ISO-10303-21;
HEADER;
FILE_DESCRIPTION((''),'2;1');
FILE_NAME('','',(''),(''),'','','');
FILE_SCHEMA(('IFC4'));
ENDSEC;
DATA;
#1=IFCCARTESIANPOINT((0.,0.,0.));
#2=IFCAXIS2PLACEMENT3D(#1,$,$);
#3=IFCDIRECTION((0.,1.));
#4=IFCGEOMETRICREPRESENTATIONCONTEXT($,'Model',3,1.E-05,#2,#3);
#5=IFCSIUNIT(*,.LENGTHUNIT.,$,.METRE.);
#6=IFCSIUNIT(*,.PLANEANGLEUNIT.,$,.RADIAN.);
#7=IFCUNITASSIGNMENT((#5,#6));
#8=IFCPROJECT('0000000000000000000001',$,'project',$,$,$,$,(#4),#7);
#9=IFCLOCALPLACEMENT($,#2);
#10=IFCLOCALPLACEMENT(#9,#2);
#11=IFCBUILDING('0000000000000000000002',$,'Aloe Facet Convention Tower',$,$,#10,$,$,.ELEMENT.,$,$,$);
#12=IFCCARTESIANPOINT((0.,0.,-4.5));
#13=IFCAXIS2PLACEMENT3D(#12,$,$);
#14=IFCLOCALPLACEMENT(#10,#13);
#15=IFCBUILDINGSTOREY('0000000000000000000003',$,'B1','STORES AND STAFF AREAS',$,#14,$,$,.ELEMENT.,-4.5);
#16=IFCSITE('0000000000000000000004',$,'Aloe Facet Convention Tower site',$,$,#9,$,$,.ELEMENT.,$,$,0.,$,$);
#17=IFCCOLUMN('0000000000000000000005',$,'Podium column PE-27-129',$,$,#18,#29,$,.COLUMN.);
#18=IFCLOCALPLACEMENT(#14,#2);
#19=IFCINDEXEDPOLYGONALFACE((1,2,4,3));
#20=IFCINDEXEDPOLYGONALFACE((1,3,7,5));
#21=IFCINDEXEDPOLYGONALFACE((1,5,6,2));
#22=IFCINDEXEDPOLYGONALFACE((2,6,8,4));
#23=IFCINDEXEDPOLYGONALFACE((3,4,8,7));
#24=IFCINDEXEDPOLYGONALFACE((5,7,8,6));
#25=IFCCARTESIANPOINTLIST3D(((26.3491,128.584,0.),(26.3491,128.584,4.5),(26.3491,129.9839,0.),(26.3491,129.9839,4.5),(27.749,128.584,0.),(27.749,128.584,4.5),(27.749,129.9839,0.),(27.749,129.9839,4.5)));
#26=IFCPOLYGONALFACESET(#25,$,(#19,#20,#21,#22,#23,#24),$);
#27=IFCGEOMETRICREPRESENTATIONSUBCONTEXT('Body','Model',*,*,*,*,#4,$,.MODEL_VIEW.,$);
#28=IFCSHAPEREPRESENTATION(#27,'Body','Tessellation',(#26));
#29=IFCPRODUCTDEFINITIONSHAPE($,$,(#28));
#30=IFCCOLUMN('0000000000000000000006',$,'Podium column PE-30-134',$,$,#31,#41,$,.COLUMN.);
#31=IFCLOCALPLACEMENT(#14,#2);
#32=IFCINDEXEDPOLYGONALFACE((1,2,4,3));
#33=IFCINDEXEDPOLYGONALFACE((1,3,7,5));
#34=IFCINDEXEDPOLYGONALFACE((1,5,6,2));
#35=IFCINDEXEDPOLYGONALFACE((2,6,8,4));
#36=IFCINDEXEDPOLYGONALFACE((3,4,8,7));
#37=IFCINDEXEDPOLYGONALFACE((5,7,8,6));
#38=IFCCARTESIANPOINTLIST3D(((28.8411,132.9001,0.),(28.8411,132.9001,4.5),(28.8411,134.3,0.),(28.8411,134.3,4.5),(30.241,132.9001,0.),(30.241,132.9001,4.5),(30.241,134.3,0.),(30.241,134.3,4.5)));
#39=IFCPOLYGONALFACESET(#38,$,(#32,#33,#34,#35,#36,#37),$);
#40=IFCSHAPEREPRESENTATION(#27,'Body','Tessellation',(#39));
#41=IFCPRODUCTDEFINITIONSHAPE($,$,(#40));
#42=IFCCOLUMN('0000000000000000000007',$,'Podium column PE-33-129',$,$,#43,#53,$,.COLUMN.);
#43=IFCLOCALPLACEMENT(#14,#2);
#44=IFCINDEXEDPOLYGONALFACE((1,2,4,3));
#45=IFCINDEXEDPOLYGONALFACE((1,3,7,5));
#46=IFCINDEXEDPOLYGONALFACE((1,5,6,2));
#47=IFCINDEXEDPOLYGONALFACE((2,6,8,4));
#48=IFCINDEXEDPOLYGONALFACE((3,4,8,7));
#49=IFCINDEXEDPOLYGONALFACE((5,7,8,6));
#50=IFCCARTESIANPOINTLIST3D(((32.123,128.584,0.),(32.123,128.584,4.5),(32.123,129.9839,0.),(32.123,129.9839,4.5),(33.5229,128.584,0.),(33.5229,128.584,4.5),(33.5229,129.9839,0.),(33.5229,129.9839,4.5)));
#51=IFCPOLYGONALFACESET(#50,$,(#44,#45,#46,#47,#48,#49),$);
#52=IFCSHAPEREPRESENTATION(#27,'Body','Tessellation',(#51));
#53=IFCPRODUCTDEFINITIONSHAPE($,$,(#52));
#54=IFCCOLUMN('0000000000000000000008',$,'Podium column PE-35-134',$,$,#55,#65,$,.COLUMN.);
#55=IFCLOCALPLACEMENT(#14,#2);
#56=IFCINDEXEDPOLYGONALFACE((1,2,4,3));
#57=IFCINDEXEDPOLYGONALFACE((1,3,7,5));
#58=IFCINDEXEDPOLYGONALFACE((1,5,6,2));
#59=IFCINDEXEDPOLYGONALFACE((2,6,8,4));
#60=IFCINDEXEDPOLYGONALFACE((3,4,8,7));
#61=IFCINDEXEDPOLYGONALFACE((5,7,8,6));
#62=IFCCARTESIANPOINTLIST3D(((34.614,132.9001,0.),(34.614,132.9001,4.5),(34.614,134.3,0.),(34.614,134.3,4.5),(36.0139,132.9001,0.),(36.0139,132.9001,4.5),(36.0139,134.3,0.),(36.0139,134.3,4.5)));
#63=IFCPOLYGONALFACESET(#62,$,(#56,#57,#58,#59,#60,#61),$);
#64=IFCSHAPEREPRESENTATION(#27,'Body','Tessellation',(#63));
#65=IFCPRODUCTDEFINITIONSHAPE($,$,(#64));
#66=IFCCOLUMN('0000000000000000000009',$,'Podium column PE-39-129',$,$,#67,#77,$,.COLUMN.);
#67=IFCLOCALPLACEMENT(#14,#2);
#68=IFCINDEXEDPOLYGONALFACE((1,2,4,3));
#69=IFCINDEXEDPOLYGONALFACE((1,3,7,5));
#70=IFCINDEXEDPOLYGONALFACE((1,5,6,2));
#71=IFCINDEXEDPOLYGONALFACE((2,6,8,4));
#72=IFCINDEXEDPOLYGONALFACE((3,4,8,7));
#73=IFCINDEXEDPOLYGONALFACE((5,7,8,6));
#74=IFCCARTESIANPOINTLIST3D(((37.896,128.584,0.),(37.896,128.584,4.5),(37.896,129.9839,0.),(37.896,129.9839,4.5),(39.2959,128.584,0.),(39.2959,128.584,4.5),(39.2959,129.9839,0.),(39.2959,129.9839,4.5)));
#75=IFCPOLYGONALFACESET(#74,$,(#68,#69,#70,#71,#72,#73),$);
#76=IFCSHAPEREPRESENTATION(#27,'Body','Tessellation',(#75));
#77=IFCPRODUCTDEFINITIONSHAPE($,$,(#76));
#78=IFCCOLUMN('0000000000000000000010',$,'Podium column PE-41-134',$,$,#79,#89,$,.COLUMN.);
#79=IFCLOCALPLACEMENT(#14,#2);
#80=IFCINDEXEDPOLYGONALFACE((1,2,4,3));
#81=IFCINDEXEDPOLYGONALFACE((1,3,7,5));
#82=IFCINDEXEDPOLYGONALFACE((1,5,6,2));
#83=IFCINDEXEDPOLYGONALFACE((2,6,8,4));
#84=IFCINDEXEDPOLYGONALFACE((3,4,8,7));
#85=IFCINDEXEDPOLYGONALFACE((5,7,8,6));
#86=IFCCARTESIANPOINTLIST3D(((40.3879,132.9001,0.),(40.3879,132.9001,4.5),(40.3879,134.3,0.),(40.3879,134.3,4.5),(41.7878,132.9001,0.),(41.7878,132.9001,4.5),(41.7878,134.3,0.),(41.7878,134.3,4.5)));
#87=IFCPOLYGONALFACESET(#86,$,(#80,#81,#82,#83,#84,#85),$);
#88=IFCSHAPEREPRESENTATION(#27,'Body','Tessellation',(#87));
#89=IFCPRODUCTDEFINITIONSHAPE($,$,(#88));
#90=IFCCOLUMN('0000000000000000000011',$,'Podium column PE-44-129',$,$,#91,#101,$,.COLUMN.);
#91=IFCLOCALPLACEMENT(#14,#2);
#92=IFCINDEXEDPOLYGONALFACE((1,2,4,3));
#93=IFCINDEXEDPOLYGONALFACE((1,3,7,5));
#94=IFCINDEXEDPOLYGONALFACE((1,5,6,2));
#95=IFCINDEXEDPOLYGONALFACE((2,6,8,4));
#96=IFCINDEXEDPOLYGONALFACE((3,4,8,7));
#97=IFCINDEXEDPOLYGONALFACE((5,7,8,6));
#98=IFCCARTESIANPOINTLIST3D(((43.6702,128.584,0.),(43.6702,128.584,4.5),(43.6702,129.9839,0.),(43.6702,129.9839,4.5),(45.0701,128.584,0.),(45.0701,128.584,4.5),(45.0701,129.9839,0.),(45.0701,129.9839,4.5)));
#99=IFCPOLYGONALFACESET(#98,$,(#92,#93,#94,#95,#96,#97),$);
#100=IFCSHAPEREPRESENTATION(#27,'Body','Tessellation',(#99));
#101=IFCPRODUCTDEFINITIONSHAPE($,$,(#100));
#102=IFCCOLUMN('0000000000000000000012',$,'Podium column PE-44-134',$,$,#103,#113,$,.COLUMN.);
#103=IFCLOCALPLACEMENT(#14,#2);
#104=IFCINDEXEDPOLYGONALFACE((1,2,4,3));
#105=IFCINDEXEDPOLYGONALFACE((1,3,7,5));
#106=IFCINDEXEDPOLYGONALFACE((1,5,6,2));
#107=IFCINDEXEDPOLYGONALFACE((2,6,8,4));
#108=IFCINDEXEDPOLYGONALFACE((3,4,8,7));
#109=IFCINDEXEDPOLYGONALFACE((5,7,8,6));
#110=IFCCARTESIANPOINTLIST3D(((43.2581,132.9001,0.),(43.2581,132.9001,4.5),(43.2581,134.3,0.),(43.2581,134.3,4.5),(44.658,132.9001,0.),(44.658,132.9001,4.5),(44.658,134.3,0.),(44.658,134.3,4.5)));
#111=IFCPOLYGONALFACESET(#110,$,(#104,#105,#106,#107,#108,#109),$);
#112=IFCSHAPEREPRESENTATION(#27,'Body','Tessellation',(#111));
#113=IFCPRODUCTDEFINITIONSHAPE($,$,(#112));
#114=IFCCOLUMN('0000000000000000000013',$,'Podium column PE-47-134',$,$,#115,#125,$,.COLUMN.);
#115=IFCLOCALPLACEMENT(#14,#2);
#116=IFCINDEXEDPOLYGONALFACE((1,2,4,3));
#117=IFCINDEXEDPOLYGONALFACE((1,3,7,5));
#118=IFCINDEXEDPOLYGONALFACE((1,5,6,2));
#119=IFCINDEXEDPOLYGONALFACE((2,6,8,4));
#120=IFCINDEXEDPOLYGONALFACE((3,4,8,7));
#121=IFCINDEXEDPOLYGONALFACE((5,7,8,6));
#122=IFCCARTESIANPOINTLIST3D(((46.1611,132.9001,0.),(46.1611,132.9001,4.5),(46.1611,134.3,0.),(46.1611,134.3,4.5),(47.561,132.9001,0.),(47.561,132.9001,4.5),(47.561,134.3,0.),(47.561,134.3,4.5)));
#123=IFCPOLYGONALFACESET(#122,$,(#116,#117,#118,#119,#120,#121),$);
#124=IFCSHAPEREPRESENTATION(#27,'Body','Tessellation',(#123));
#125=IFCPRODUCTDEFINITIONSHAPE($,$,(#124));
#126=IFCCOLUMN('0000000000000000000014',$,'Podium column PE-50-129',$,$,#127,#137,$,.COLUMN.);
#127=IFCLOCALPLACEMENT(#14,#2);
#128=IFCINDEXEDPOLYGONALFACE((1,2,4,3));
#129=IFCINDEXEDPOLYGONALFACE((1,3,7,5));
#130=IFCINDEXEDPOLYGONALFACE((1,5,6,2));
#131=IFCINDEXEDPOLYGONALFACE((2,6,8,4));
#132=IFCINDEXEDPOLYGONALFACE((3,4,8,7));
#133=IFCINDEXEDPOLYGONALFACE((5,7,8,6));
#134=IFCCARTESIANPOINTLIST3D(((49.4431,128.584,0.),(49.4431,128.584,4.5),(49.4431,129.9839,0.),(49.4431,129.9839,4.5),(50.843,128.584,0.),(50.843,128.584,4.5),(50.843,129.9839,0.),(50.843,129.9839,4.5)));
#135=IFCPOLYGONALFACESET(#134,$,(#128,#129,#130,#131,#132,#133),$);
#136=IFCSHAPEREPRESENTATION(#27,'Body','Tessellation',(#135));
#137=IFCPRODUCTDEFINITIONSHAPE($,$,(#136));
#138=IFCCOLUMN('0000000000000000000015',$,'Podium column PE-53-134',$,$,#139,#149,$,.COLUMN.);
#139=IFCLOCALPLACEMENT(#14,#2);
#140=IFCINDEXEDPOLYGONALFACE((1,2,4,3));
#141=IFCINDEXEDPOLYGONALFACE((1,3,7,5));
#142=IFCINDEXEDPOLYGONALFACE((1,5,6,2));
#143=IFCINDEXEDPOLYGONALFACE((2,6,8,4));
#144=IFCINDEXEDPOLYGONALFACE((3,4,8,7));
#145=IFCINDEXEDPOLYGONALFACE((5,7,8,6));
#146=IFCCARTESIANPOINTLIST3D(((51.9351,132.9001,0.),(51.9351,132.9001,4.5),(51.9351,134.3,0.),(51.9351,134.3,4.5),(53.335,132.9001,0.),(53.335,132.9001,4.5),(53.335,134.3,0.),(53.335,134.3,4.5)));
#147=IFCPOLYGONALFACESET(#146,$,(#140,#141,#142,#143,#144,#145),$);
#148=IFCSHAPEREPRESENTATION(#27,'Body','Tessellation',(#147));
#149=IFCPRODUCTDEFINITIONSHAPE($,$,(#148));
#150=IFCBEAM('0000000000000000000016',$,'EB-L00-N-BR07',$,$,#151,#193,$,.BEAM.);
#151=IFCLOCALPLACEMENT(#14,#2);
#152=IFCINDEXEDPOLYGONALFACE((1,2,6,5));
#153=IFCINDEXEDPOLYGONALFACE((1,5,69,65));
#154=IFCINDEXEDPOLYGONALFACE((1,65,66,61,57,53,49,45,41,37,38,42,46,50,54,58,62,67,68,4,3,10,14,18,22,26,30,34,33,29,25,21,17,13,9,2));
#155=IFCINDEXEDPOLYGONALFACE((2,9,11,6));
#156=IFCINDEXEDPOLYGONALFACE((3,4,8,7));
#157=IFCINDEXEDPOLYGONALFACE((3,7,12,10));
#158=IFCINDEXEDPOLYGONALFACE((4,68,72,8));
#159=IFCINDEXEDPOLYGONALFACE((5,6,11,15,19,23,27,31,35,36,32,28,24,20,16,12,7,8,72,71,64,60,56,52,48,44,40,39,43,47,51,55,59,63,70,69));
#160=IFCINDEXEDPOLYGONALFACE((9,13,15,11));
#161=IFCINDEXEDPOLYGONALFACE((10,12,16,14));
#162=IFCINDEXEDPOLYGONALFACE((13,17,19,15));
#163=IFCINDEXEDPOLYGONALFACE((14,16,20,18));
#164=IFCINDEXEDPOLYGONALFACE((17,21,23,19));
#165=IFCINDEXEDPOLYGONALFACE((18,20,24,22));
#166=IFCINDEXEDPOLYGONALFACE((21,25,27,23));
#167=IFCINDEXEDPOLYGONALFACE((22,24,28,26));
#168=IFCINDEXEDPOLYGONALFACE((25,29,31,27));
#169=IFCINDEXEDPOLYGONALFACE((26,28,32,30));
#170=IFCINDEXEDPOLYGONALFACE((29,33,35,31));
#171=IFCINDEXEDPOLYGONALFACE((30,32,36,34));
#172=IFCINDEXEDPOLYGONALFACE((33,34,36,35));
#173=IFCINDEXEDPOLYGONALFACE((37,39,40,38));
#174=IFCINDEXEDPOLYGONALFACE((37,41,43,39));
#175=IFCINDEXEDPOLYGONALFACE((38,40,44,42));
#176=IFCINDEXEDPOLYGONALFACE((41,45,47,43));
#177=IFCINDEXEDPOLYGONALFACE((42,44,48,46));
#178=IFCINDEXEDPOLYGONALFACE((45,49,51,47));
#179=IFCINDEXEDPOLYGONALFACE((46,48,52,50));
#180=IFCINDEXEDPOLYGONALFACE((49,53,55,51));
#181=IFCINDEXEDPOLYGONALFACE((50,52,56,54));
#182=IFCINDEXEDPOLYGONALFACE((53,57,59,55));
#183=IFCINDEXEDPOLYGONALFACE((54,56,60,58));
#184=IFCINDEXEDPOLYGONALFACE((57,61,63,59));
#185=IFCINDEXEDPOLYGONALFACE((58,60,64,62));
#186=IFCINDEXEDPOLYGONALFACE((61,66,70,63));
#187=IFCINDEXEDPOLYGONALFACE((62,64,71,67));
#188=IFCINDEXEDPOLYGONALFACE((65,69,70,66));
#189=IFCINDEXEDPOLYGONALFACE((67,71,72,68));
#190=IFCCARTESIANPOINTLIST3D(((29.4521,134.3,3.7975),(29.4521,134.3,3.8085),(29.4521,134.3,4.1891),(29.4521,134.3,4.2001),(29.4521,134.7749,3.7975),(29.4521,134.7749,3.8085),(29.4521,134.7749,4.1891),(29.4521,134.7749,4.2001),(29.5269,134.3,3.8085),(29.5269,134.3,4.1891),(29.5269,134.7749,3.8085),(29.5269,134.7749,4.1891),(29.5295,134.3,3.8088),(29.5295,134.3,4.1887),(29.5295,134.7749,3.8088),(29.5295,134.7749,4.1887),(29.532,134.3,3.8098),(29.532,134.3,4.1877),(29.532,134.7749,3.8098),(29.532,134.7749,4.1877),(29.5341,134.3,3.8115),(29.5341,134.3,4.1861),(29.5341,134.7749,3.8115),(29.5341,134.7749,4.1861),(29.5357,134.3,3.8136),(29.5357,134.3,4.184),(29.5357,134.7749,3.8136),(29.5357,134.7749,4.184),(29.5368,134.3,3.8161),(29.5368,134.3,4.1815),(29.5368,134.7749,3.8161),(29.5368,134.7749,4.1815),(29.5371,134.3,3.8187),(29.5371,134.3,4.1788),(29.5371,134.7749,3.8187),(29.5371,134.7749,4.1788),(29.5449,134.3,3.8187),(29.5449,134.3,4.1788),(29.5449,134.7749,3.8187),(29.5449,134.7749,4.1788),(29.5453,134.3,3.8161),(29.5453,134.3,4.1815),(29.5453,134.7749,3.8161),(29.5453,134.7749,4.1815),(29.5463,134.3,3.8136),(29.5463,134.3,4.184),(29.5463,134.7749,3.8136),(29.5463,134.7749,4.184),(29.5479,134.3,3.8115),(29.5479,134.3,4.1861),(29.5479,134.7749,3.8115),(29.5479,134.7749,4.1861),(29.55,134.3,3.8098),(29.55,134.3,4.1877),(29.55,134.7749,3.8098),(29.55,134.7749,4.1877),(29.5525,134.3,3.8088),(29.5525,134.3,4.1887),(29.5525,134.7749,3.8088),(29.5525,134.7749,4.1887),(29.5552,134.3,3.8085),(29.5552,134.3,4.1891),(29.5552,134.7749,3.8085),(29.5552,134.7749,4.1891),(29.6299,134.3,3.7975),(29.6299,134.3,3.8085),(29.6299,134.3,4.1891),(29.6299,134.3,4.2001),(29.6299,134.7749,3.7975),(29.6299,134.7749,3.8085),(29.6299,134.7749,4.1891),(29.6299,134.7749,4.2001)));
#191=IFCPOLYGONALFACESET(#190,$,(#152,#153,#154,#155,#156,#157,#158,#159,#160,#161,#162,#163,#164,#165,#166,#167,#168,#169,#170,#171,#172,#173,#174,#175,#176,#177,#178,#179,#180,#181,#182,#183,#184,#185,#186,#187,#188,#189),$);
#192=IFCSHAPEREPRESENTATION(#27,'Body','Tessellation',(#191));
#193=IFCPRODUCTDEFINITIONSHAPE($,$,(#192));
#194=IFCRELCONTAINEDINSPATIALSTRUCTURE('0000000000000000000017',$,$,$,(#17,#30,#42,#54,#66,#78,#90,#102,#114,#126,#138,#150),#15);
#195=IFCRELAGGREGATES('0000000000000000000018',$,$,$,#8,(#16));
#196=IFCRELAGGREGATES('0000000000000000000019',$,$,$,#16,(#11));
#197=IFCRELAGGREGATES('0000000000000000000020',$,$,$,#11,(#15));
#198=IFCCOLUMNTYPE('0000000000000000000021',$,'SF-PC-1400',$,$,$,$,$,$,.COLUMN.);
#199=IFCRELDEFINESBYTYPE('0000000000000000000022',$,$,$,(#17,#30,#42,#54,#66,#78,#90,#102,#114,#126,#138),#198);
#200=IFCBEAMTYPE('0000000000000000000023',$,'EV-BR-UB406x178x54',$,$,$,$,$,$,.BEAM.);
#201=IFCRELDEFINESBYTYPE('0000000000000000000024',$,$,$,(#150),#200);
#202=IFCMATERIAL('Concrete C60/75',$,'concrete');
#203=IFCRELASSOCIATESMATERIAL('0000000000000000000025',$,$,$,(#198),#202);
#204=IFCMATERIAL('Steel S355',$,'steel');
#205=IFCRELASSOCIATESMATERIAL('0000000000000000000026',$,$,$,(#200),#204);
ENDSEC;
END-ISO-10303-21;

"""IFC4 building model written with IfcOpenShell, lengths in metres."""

from ifc_helpers import new_model, si_unit, direction, frame, origin, origin_2d, place, context, subcontext, project, spatial, rectangle, i_section, extrude, material, material_profile, profile_set, type_object, element, save


model = new_model("IFC4")

# Units and contexts
model_context = context("Model", 3, precision=1e-05, world=origin(), true_north=direction((0.0, 1.0)))
body_context = subcontext(model_context, "Body", "Model", "MODEL_VIEW")
ifc_project = project(units=[si_unit("LENGTHUNIT", "METRE"), si_unit("PLANEANGLEUNIT", "RADIAN")], contexts=[model_context])

# Site, building, storey
site_placement = place(None, origin())
site = spatial("IfcSite", under=ifc_project, at=site_placement, Name="Aloe Facet Convention Tower site", CompositionType="ELEMENT", RefElevation=0.0)
building_placement = place(site_placement, origin())
building = spatial("IfcBuilding", under=site, at=building_placement, Name="Aloe Facet Convention Tower", CompositionType="ELEMENT")
storey_placement = place(building_placement, frame((0.0, 0.0, -4.5)))
storey = spatial("IfcBuildingStorey", under=building, at=storey_placement, Name="B1", Description="STORES AND STAFF AREAS", CompositionType="ELEMENT", Elevation=-4.5)

# Columns
ifc_material_1 = material(Name="Concrete C60/75", Category="concrete")
ifc_material_profile_1 = material_profile(ifc_material_1, rectangle(XDim=1.3999, YDim=1.3999, at=origin_2d()), Name="SF-PC-1400")
ifc_profile_set_1 = profile_set([ifc_material_profile_1], Name="Concrete C60/75")
column_type = type_object("IfcColumnType", Name="SF-PC-1400", PredefinedType="COLUMN", material=ifc_profile_set_1)
for number, where, z_axis, x_axis, name in (
    (1, (27.0491, 129.2839, 0.0), (0.0, 0.0, 1.0), (1.0, 0.0, 0.0), "Podium column PE-27-129"),
    (2, (29.541, 133.6001, 0.0), (0.0, 0.0, 1.0), (1.0, 0.0, 0.0), "Podium column PE-30-134"),
    (3, (32.823, 129.2839, 0.0), (0.0, 0.0, 1.0), (1.0, 0.0, 0.0), "Podium column PE-33-129"),
    (4, (35.314, 133.6001, 0.0), (0.0, 0.0, 1.0), (1.0, 0.0, 0.0), "Podium column PE-35-134"),
    (5, (38.5959, 129.2839, 0.0), (0.0, 0.0, 1.0), (1.0, 0.0, 0.0), "Podium column PE-39-129"),
    (6, (41.0879, 133.6001, 0.0), (0.0, 0.0, 1.0), (1.0, 0.0, 0.0), "Podium column PE-41-134"),
    (7, (44.3701, 129.2839, 0.0), (0.0, 0.0, 1.0), (1.0, 0.0, 0.0), "Podium column PE-44-129"),
    (8, (43.958, 133.6001, 0.0), (0.0, 0.0, 1.0), (1.0, 0.0, 0.0), "Podium column PE-44-134"),
    (9, (46.8611, 133.6001, 0.0), (0.0, 0.0, 1.0), (1.0, 0.0, 0.0), "Podium column PE-47-134"),
    (10, (50.1431, 129.2839, 0.0), (0.0, 0.0, 1.0), (1.0, 0.0, 0.0), "Podium column PE-50-129"),
    (11, (52.635, 133.6001, 0.0), (0.0, 0.0, 1.0), (1.0, 0.0, 0.0), "Podium column PE-53-134"),
):
    element("IfcColumn", number, at=place(storey_placement, frame(where, z_axis=z_axis, x_axis=x_axis)), inside=storey, type_object=column_type, Name=name, PredefinedType="COLUMN", context=body_context, shape_type="SweptSolid", body=[
        extrude(rectangle(XDim=1.3999, YDim=1.3999, at=origin_2d()), origin(), (0.0, 0.0, 1.0), 4.5),
    ])

# Beam
ifc_material_2 = material(Name="Steel S355", Category="steel")
ifc_material_profile_2 = material_profile(ifc_material_2, i_section(OverallWidth=0.1777, OverallDepth=0.4026, WebThickness=0.0078, FlangeThickness=0.011, FilletRadius=0.0103, at=origin_2d()), Name="UB 406x178x54")
ifc_profile_set_2 = profile_set([ifc_material_profile_2], Name="Steel S355")
beam_type_1 = type_object("IfcBeamType", Name="EV-BR-UB406x178x54", PredefinedType="BEAM", material=ifc_profile_set_2)
for number, where, z_axis, x_axis, name in (
    (12, (29.541, 134.3, 3.9988), (0.0, 1.0, 0.0), (-1.0, 0.0, 0.0), "EB-L00-N-BR07"),
):
    element("IfcBeam", number, at=place(storey_placement, frame(where, z_axis=z_axis, x_axis=x_axis)), inside=storey, type_object=beam_type_1, Name=name, PredefinedType="BEAM", context=body_context, shape_type="SweptSolid", body=[
        extrude(i_section(OverallWidth=0.1777, OverallDepth=0.4026, WebThickness=0.0078, FlangeThickness=0.011, FilletRadius=0.0103, at=origin_2d()), origin(), (0.0, 0.0, 1.0), 0.4749),
    ])

save(model, "model.ifc")
